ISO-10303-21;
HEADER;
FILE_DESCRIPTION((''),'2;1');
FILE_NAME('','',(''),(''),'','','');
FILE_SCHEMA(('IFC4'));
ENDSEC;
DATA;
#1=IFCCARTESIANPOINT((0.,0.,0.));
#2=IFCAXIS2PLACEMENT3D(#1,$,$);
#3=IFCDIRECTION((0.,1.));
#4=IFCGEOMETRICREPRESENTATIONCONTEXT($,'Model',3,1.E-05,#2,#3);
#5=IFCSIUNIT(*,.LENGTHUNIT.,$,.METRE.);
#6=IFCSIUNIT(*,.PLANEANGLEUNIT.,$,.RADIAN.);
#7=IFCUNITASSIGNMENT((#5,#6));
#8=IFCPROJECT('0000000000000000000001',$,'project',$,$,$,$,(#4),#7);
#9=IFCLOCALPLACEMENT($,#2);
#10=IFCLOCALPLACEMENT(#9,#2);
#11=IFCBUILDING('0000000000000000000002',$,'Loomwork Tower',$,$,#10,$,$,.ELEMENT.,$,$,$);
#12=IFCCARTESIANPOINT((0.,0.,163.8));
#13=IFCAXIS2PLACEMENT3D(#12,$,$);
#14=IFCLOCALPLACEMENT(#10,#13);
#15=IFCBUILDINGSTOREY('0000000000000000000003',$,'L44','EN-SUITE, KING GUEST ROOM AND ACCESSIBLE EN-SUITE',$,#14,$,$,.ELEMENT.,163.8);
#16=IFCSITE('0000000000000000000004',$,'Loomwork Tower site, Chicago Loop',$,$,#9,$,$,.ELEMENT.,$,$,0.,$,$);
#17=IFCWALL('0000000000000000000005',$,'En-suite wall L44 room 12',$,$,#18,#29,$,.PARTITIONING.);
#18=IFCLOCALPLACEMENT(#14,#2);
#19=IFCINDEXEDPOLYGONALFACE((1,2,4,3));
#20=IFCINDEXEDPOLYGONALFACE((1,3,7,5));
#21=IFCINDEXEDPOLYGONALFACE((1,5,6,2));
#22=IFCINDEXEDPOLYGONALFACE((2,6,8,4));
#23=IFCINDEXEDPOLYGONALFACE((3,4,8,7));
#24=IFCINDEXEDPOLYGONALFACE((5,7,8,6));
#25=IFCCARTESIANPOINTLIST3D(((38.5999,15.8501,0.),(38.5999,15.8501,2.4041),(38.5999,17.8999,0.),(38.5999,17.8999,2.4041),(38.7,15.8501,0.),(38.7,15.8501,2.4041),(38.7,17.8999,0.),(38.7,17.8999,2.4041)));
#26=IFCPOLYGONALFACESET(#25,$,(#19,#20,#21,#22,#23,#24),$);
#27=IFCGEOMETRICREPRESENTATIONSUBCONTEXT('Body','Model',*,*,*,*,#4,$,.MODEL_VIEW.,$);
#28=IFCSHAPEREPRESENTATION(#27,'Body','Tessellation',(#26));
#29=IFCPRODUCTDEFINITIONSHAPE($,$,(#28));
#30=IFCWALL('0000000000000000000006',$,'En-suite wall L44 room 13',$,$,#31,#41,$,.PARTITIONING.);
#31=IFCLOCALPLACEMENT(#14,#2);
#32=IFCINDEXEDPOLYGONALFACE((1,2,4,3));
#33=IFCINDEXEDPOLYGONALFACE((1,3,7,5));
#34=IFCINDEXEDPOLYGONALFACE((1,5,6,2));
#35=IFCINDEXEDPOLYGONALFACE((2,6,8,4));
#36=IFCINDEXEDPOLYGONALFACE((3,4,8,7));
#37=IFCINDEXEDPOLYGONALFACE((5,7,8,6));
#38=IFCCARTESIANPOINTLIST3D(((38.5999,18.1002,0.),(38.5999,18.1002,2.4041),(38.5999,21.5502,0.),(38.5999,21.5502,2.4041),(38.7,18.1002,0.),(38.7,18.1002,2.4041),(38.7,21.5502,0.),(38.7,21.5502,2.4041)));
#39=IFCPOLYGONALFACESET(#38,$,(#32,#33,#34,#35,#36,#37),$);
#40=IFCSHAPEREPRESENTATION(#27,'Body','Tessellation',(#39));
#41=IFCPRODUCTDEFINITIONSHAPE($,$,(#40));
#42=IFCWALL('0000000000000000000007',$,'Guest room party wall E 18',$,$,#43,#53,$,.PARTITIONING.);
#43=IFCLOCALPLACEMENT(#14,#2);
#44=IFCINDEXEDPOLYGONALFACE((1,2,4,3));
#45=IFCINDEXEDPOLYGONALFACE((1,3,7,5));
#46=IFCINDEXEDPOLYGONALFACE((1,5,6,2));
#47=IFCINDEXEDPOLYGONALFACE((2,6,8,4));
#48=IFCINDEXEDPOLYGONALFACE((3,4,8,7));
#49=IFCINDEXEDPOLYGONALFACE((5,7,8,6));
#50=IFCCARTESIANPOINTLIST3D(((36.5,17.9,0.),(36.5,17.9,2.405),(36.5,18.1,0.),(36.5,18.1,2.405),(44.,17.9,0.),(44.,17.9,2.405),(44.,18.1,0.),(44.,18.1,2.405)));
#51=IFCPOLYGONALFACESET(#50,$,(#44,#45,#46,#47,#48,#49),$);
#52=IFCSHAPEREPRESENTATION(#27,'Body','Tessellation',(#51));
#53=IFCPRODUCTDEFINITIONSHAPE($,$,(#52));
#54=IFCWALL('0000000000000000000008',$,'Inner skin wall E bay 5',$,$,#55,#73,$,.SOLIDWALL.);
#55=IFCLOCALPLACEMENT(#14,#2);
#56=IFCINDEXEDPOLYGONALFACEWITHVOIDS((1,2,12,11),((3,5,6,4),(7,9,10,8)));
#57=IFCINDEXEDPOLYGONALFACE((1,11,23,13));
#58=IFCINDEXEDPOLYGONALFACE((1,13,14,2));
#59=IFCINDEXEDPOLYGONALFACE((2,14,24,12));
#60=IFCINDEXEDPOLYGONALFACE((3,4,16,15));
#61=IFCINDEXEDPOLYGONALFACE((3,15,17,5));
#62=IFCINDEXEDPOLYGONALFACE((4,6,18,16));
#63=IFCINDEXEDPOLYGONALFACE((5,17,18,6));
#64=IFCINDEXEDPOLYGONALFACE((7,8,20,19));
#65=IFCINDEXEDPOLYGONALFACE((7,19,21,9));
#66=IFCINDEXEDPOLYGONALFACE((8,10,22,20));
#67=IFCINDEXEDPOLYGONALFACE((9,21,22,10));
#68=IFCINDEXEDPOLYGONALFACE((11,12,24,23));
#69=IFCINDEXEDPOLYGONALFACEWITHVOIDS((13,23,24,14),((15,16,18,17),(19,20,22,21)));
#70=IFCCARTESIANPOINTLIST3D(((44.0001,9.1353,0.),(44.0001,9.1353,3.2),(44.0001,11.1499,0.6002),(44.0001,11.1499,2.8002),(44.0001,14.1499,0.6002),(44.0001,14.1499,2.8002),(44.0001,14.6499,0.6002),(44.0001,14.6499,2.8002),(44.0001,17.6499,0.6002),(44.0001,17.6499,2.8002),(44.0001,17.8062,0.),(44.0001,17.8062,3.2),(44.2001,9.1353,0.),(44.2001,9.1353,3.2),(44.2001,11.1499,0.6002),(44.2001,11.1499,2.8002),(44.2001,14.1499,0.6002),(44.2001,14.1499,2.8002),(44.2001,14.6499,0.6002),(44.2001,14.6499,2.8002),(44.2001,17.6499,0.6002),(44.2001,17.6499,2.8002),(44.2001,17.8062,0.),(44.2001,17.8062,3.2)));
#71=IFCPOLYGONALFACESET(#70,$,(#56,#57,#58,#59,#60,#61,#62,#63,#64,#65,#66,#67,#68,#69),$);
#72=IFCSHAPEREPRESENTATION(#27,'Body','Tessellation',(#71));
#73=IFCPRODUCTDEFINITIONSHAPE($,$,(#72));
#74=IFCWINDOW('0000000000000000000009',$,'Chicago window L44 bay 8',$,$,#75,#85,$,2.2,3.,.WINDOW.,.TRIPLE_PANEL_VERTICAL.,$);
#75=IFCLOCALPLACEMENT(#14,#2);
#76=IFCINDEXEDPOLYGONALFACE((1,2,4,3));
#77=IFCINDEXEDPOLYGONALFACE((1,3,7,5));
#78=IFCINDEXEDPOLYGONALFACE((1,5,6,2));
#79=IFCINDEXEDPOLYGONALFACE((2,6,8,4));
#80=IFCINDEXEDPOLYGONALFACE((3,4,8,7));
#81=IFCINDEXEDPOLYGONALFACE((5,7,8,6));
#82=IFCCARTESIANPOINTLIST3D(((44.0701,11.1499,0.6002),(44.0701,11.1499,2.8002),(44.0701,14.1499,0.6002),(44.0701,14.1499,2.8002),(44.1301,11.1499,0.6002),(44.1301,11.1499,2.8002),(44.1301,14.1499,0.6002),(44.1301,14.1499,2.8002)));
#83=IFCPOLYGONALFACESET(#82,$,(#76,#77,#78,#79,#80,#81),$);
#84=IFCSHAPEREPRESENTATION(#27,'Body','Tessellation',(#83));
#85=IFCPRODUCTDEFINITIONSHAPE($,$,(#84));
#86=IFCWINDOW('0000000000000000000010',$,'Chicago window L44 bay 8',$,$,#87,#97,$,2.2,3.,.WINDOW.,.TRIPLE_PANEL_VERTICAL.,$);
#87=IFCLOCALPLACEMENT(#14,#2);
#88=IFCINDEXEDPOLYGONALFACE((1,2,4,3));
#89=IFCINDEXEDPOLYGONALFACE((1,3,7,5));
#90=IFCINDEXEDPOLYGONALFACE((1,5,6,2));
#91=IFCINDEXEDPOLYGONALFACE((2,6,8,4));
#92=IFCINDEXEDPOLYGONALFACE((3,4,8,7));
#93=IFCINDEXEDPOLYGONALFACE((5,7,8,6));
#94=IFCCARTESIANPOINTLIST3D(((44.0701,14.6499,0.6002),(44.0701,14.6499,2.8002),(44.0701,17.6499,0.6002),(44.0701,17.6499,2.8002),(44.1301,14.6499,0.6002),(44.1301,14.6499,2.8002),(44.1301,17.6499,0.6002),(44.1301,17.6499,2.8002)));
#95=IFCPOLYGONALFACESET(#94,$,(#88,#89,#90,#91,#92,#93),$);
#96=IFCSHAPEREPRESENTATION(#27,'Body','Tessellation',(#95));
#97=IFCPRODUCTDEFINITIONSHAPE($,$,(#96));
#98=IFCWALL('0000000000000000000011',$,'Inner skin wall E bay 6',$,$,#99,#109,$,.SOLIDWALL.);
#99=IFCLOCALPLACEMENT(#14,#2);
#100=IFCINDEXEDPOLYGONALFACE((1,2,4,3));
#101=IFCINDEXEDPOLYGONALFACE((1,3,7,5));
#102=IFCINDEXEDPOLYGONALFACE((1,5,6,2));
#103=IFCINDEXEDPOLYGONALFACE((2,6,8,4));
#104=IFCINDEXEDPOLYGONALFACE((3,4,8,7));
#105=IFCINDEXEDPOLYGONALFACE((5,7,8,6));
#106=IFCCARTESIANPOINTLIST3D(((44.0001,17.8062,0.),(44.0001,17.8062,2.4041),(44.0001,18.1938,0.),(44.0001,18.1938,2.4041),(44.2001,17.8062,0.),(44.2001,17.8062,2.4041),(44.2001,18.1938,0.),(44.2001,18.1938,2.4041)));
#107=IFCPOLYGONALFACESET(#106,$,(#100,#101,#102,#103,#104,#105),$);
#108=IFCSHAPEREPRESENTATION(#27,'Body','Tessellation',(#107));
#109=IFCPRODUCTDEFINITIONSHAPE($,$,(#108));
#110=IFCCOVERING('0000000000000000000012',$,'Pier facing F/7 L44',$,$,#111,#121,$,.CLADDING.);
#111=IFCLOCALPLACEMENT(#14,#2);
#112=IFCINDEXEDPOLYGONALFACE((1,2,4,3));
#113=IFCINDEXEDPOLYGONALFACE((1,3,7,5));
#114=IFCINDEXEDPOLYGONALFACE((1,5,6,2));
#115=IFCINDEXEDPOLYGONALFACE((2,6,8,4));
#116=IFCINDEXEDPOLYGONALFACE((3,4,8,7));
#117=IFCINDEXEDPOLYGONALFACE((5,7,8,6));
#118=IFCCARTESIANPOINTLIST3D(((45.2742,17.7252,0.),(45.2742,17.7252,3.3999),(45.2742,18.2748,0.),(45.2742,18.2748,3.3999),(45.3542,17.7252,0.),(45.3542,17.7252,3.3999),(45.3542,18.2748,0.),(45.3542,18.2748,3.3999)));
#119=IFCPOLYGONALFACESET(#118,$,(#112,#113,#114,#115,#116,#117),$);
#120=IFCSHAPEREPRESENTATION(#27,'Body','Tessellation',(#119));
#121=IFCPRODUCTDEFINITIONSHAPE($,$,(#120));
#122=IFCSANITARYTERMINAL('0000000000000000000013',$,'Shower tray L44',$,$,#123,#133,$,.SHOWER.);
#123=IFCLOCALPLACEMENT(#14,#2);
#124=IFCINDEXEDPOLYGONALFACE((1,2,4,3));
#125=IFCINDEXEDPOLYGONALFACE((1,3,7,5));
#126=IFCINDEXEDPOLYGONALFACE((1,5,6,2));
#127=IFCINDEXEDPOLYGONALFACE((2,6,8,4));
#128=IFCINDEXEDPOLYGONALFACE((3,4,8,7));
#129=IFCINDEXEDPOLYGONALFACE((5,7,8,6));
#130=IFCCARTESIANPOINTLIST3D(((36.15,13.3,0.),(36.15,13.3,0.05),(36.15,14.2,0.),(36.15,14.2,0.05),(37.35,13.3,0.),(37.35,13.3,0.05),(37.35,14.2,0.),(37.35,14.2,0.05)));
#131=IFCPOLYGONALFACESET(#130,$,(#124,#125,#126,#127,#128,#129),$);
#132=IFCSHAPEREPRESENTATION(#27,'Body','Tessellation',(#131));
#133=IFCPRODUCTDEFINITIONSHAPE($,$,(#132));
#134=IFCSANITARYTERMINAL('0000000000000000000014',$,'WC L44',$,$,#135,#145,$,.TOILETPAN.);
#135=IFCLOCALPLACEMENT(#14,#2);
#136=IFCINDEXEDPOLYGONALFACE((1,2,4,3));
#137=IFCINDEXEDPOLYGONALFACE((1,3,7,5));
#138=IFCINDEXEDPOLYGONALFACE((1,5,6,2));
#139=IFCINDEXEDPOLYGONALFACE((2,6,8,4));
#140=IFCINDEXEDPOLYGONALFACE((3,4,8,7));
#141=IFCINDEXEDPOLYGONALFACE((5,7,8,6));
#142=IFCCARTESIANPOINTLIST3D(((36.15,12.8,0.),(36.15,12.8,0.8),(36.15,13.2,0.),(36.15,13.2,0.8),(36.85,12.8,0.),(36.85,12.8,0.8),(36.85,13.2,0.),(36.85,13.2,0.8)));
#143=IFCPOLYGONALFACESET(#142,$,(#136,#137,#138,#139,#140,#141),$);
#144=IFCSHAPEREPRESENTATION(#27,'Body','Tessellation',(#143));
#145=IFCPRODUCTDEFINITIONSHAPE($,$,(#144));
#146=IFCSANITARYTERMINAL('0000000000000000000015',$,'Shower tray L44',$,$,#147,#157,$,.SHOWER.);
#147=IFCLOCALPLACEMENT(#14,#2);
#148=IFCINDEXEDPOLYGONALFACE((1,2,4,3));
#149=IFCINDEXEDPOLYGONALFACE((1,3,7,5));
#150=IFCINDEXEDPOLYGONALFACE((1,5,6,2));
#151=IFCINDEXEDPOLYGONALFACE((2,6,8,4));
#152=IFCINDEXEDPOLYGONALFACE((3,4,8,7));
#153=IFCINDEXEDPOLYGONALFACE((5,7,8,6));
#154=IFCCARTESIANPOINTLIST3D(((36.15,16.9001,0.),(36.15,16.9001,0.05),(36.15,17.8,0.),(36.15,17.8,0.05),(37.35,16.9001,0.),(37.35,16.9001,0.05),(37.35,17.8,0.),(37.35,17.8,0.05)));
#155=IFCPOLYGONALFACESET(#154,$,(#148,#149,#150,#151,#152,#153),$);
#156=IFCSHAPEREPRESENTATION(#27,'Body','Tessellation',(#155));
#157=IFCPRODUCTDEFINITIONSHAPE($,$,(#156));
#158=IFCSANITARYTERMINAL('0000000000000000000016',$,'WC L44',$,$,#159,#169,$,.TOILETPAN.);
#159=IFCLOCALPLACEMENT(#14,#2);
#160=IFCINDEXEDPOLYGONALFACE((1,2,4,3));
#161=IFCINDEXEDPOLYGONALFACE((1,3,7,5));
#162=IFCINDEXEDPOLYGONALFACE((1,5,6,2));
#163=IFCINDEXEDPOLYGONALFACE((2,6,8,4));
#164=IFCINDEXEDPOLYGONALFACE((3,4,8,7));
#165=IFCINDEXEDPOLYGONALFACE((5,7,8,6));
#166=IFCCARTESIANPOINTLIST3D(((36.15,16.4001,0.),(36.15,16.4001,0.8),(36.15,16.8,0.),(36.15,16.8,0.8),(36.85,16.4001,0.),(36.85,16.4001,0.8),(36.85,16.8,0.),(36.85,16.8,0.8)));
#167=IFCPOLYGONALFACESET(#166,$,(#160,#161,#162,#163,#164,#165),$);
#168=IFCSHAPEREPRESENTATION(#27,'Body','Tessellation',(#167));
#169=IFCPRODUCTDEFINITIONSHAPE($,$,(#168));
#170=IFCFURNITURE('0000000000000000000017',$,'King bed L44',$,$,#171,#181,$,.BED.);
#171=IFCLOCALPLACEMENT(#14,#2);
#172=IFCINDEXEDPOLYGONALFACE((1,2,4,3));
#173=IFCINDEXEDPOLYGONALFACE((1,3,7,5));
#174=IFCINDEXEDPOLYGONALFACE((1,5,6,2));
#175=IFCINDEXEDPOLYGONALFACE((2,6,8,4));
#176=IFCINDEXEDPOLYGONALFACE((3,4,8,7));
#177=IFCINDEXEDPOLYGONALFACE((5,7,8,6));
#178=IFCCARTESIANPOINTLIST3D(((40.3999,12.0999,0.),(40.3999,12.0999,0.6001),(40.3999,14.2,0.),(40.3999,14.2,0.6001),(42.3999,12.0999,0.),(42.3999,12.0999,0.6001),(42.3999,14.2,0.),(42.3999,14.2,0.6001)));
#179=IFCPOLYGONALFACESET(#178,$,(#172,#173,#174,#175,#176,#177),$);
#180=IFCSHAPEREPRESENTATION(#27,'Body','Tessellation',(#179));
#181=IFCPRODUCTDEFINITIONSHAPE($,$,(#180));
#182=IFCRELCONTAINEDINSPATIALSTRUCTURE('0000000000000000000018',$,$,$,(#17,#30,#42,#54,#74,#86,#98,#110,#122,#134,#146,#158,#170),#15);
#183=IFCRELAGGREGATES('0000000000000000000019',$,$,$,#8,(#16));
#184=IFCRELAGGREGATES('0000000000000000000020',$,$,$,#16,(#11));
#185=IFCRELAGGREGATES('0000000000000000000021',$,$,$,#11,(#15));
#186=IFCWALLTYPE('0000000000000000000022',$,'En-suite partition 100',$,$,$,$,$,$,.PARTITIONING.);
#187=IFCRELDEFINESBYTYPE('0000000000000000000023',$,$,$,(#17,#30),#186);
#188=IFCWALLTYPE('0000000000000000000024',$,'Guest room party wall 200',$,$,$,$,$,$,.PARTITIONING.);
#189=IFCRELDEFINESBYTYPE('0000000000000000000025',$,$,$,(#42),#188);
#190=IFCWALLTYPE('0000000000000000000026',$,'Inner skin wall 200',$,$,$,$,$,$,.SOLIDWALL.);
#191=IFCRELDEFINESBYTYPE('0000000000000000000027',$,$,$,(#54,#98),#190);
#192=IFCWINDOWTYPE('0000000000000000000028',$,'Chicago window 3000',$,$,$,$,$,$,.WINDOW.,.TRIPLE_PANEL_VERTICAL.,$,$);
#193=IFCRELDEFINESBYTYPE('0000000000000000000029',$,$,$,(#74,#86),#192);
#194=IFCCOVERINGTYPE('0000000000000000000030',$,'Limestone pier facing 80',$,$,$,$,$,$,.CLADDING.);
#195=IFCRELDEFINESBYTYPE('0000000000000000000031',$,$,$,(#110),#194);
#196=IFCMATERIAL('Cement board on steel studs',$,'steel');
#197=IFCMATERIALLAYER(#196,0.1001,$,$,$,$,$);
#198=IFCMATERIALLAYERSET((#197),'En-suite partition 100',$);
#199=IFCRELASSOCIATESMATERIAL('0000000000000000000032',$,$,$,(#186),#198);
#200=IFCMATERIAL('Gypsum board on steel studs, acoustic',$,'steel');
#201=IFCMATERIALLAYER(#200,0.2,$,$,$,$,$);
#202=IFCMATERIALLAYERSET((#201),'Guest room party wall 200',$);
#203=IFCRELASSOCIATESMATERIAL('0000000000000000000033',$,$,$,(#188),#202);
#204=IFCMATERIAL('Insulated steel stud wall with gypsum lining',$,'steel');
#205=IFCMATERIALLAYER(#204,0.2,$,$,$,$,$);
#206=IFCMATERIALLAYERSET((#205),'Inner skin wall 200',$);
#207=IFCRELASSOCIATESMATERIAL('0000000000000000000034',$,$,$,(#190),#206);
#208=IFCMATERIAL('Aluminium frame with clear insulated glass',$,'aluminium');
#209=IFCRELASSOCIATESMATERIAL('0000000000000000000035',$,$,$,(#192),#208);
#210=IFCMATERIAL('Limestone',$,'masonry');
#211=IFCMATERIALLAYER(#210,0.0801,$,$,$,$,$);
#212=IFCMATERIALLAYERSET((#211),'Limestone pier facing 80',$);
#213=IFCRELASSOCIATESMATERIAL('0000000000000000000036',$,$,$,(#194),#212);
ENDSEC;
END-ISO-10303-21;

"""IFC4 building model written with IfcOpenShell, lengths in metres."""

from ifc_helpers import new_model, si_unit, direction, frame, frame_2d, origin, origin_2d, place, context, subcontext, project, spatial, rectangle, extrude, material, layer, layer_set, type_object, element, fill, save


model = new_model("IFC4")

# Units and contexts
model_context = context("Model", 3, precision=1e-05, world=origin(), true_north=direction((0.0, 1.0)))
body_context = subcontext(model_context, "Body", "Model", "MODEL_VIEW")
ifc_project = project(units=[si_unit("LENGTHUNIT", "METRE"), si_unit("PLANEANGLEUNIT", "RADIAN")], contexts=[model_context])

# Site, building, storey
site_placement = place(None, origin())
site = spatial("IfcSite", under=ifc_project, at=site_placement, Name="Loomwork Tower site, Chicago Loop", CompositionType="ELEMENT", RefElevation=0.0)
building_placement = place(site_placement, origin())
building = spatial("IfcBuilding", under=site, at=building_placement, Name="Loomwork Tower", CompositionType="ELEMENT")
storey_placement = place(building_placement, frame((0.0, 0.0, 163.8)))
storey = spatial("IfcBuildingStorey", under=building, at=storey_placement, Name="L44", Description="EN-SUITE, KING GUEST ROOM AND ACCESSIBLE EN-SUITE", CompositionType="ELEMENT", Elevation=163.8)

# Walls
ifc_material_1 = material(Name="Cement board on steel studs", Category="steel")
ifc_layer_1 = layer(ifc_material_1, 0.1001)
ifc_layer_set_1 = layer_set([ifc_layer_1], Name="En-suite partition 100")
wall_type_1 = type_object("IfcWallType", Name="En-suite partition 100", PredefinedType="PARTITIONING", material=ifc_layer_set_1)
wall_1_placement = place(storey_placement, frame((38.6499, 15.8501, 0.0), z_axis=(0.0, 0.0, 1.0), x_axis=(0.0, 1.0, 0.0)))
element("IfcWall", 1, at=wall_1_placement, inside=storey, type_object=wall_type_1, Name="En-suite wall L44 room 12", PredefinedType="PARTITIONING", context=body_context, shape_type="SweptSolid", body=[
    extrude(rectangle(XDim=2.0498, YDim=0.1001, at=frame_2d((1.0249, 0.0))), origin(), (0.0, 0.0, 1.0), 2.4041),
])
wall_2_placement = place(storey_placement, frame((38.6499, 18.1001, 0.0), z_axis=(0.0, 0.0, 1.0), x_axis=(0.0, 1.0, 0.0)))
element("IfcWall", 2, at=wall_2_placement, inside=storey, type_object=wall_type_1, Name="En-suite wall L44 room 13", PredefinedType="PARTITIONING", context=body_context, shape_type="SweptSolid", body=[
    extrude(rectangle(XDim=3.45, YDim=0.1001, at=frame_2d((1.7251, 0.0))), origin(), (0.0, 0.0, 1.0), 2.4041),
])
ifc_material_2 = material(Name="Gypsum board on steel studs, acoustic", Category="steel")
ifc_layer_2 = layer(ifc_material_2, 0.2)
ifc_layer_set_2 = layer_set([ifc_layer_2], Name="Guest room party wall 200")
wall_type_2 = type_object("IfcWallType", Name="Guest room party wall 200", PredefinedType="PARTITIONING", material=ifc_layer_set_2)
wall_3_placement = place(storey_placement, frame((36.5, 18.0, 0.0), z_axis=(0.0, 0.0, 1.0), x_axis=(1.0, 0.0, 0.0)))
element("IfcWall", 3, at=wall_3_placement, inside=storey, type_object=wall_type_2, Name="Guest room party wall E 18", PredefinedType="PARTITIONING", context=body_context, shape_type="SweptSolid", body=[
    extrude(rectangle(XDim=7.5, YDim=0.2, at=frame_2d((3.75, 0.0))), origin(), (0.0, 0.0, 1.0), 2.405),
])

# Wall, openings, windows
ifc_material_3 = material(Name="Insulated steel stud wall with gypsum lining", Category="steel")
ifc_layer_3 = layer(ifc_material_3, 0.2)
ifc_layer_set_3 = layer_set([ifc_layer_3], Name="Inner skin wall 200")
wall_type_3 = type_object("IfcWallType", Name="Inner skin wall 200", PredefinedType="SOLIDWALL", material=ifc_layer_set_3)
wall_4_placement = place(storey_placement, frame((44.1001, 9.1353, 0.0), z_axis=(0.0, 0.0, 1.0), x_axis=(0.0, 1.0, 0.0)))
wall_4 = element("IfcWall", 4, at=wall_4_placement, inside=storey, type_object=wall_type_3, Name="Inner skin wall E bay 5", PredefinedType="SOLIDWALL", context=body_context, shape_type="SweptSolid", body=[
    extrude(rectangle(XDim=8.6709, YDim=0.2, at=frame_2d((4.3354, 0.0))), origin(), (0.0, 0.0, 1.0), 3.2),
])
opening_1_placement = place(wall_4_placement, frame((2.0146, 0.0, 0.6001)))
opening_1 = element("IfcOpeningElement", 5, at=opening_1_placement, cuts=wall_4, PredefinedType="OPENING", context=body_context, shape_type="SweptSolid", body=[
    extrude(rectangle(XDim=3.0, YDim=2.2, at=frame_2d((1.5, 1.1001))), frame((0.0, 0.1099, 0.0), z_axis=(0.0, -1.0, 0.0), x_axis=(1.0, 0.0, 0.0)), (0.0, 0.0, 1.0), 0.22),
])
opening_2_placement = place(wall_4_placement, frame((5.5146, 0.0, 0.6001)))
opening_2 = element("IfcOpeningElement", 6, at=opening_2_placement, cuts=wall_4, PredefinedType="OPENING", context=body_context, shape_type="SweptSolid", body=[
    extrude(rectangle(XDim=3.0, YDim=2.2, at=frame_2d((1.5, 1.1001))), frame((0.0, 0.1099, 0.0), z_axis=(0.0, -1.0, 0.0), x_axis=(1.0, 0.0, 0.0)), (0.0, 0.0, 1.0), 0.22),
])
ifc_material_4 = material(Name="Aluminium frame with clear insulated glass", Category="aluminium")
window_type = type_object("IfcWindowType", Name="Chicago window 3000", PartitioningType="TRIPLE_PANEL_VERTICAL", PredefinedType="WINDOW", material=ifc_material_4)
window_1_placement = place(opening_1_placement, origin())
window_1 = element("IfcWindow", 7, at=window_1_placement, inside=storey, type_object=window_type, Name="Chicago window L44 bay 8", OverallHeight=2.2, OverallWidth=3.0, PartitioningType="TRIPLE_PANEL_VERTICAL", PredefinedType="WINDOW", context=body_context, shape_type="SweptSolid", body=[
    extrude(rectangle(XDim=3.0, YDim=2.2, at=frame_2d((1.5, 1.1001))), frame((0.0, 0.03, 0.0), z_axis=(0.0, -1.0, 0.0), x_axis=(1.0, 0.0, 0.0)), (0.0, 0.0, 1.0), 0.0601),
])
fill(opening_1, window_1)
window_2_placement = place(opening_2_placement, origin())
window_2 = element("IfcWindow", 8, at=window_2_placement, inside=storey, type_object=window_type, Name="Chicago window L44 bay 8", OverallHeight=2.2, OverallWidth=3.0, PartitioningType="TRIPLE_PANEL_VERTICAL", PredefinedType="WINDOW", context=body_context, shape_type="SweptSolid", body=[
    extrude(rectangle(XDim=3.0, YDim=2.2, at=frame_2d((1.5, 1.1001))), frame((0.0, 0.03, 0.0), z_axis=(0.0, -1.0, 0.0), x_axis=(1.0, 0.0, 0.0)), (0.0, 0.0, 1.0), 0.0601),
])
fill(opening_2, window_2)

# Wall
wall_5_placement = place(storey_placement, frame((44.1001, 17.8062, 0.0), z_axis=(0.0, 0.0, 1.0), x_axis=(0.0, 1.0, 0.0)))
element("IfcWall", 9, at=wall_5_placement, inside=storey, type_object=wall_type_3, Name="Inner skin wall E bay 6", PredefinedType="SOLIDWALL", context=body_context, shape_type="SweptSolid", body=[
    extrude(rectangle(XDim=0.3877, YDim=0.2, at=frame_2d((0.1938, 0.0))), origin(), (0.0, 0.0, 1.0), 2.4041),
])

# Covering
ifc_material_5 = material(Name="Limestone", Category="masonry")
ifc_layer_4 = layer(ifc_material_5, 0.0801)
ifc_layer_set_4 = layer_set([ifc_layer_4], Name="Limestone pier facing 80")
covering_type = type_object("IfcCoveringType", Name="Limestone pier facing 80", PredefinedType="CLADDING", material=ifc_layer_set_4)
covering_placement = place(storey_placement, frame((45.3142, 18.0, 0.0), z_axis=(0.0, 0.0, 1.0), x_axis=(1.0, 0.0, 0.0)))
element("IfcCovering", 10, at=covering_placement, inside=storey, type_object=covering_type, Name="Pier facing F/7 L44", PredefinedType="CLADDING", context=body_context, shape_type="SweptSolid", body=[
    extrude(rectangle(XDim=0.0801, YDim=0.5496, at=origin_2d()), origin(), (0.0, 0.0, 1.0), 3.3999),
])

# Sanitary terminals
sanitary_terminal_1_placement = place(storey_placement, frame((36.75, 13.75, 0.0), z_axis=(0.0, 0.0, 1.0), x_axis=(1.0, 0.0, 0.0)))
element("IfcSanitaryTerminal", 11, at=sanitary_terminal_1_placement, inside=storey, Name="Shower tray L44", PredefinedType="SHOWER", context=body_context, shape_type="SweptSolid", body=[
    extrude(rectangle(XDim=1.2, YDim=0.8999, at=origin_2d()), origin(), (0.0, 0.0, 1.0), 0.05),
])
sanitary_terminal_2_placement = place(storey_placement, frame((36.5, 13.0, 0.0), z_axis=(0.0, 0.0, 1.0), x_axis=(1.0, 0.0, 0.0)))
element("IfcSanitaryTerminal", 12, at=sanitary_terminal_2_placement, inside=storey, Name="WC L44", PredefinedType="TOILETPAN", context=body_context, shape_type="SweptSolid", body=[
    extrude(rectangle(XDim=0.7, YDim=0.3999, at=origin_2d()), origin(), (0.0, 0.0, 1.0), 0.8),
])
sanitary_terminal_3_placement = place(storey_placement, frame((36.75, 17.3501, 0.0), z_axis=(0.0, 0.0, 1.0), x_axis=(1.0, 0.0, 0.0)))
element("IfcSanitaryTerminal", 13, at=sanitary_terminal_3_placement, inside=storey, Name="Shower tray L44", PredefinedType="SHOWER", context=body_context, shape_type="SweptSolid", body=[
    extrude(rectangle(XDim=1.2, YDim=0.8999, at=origin_2d()), origin(), (0.0, 0.0, 1.0), 0.05),
])
sanitary_terminal_4_placement = place(storey_placement, frame((36.5, 16.6001, 0.0), z_axis=(0.0, 0.0, 1.0), x_axis=(1.0, 0.0, 0.0)))
element("IfcSanitaryTerminal", 14, at=sanitary_terminal_4_placement, inside=storey, Name="WC L44", PredefinedType="TOILETPAN", context=body_context, shape_type="SweptSolid", body=[
    extrude(rectangle(XDim=0.7, YDim=0.3999, at=origin_2d()), origin(), (0.0, 0.0, 1.0), 0.8),
])

# Furniture
furniture_1_placement = place(storey_placement, frame((41.3999, 13.1499, 0.0), z_axis=(0.0, 0.0, 1.0), x_axis=(1.0, 0.0, 0.0)))
element("IfcFurniture", 15, at=furniture_1_placement, inside=storey, Name="King bed L44", PredefinedType="BED", context=body_context, shape_type="SweptSolid", body=[
    extrude(rectangle(XDim=2.0, YDim=2.1001, at=origin_2d()), origin(), (0.0, 0.0, 1.0), 0.6001),
])

save(model, "model.ifc")
